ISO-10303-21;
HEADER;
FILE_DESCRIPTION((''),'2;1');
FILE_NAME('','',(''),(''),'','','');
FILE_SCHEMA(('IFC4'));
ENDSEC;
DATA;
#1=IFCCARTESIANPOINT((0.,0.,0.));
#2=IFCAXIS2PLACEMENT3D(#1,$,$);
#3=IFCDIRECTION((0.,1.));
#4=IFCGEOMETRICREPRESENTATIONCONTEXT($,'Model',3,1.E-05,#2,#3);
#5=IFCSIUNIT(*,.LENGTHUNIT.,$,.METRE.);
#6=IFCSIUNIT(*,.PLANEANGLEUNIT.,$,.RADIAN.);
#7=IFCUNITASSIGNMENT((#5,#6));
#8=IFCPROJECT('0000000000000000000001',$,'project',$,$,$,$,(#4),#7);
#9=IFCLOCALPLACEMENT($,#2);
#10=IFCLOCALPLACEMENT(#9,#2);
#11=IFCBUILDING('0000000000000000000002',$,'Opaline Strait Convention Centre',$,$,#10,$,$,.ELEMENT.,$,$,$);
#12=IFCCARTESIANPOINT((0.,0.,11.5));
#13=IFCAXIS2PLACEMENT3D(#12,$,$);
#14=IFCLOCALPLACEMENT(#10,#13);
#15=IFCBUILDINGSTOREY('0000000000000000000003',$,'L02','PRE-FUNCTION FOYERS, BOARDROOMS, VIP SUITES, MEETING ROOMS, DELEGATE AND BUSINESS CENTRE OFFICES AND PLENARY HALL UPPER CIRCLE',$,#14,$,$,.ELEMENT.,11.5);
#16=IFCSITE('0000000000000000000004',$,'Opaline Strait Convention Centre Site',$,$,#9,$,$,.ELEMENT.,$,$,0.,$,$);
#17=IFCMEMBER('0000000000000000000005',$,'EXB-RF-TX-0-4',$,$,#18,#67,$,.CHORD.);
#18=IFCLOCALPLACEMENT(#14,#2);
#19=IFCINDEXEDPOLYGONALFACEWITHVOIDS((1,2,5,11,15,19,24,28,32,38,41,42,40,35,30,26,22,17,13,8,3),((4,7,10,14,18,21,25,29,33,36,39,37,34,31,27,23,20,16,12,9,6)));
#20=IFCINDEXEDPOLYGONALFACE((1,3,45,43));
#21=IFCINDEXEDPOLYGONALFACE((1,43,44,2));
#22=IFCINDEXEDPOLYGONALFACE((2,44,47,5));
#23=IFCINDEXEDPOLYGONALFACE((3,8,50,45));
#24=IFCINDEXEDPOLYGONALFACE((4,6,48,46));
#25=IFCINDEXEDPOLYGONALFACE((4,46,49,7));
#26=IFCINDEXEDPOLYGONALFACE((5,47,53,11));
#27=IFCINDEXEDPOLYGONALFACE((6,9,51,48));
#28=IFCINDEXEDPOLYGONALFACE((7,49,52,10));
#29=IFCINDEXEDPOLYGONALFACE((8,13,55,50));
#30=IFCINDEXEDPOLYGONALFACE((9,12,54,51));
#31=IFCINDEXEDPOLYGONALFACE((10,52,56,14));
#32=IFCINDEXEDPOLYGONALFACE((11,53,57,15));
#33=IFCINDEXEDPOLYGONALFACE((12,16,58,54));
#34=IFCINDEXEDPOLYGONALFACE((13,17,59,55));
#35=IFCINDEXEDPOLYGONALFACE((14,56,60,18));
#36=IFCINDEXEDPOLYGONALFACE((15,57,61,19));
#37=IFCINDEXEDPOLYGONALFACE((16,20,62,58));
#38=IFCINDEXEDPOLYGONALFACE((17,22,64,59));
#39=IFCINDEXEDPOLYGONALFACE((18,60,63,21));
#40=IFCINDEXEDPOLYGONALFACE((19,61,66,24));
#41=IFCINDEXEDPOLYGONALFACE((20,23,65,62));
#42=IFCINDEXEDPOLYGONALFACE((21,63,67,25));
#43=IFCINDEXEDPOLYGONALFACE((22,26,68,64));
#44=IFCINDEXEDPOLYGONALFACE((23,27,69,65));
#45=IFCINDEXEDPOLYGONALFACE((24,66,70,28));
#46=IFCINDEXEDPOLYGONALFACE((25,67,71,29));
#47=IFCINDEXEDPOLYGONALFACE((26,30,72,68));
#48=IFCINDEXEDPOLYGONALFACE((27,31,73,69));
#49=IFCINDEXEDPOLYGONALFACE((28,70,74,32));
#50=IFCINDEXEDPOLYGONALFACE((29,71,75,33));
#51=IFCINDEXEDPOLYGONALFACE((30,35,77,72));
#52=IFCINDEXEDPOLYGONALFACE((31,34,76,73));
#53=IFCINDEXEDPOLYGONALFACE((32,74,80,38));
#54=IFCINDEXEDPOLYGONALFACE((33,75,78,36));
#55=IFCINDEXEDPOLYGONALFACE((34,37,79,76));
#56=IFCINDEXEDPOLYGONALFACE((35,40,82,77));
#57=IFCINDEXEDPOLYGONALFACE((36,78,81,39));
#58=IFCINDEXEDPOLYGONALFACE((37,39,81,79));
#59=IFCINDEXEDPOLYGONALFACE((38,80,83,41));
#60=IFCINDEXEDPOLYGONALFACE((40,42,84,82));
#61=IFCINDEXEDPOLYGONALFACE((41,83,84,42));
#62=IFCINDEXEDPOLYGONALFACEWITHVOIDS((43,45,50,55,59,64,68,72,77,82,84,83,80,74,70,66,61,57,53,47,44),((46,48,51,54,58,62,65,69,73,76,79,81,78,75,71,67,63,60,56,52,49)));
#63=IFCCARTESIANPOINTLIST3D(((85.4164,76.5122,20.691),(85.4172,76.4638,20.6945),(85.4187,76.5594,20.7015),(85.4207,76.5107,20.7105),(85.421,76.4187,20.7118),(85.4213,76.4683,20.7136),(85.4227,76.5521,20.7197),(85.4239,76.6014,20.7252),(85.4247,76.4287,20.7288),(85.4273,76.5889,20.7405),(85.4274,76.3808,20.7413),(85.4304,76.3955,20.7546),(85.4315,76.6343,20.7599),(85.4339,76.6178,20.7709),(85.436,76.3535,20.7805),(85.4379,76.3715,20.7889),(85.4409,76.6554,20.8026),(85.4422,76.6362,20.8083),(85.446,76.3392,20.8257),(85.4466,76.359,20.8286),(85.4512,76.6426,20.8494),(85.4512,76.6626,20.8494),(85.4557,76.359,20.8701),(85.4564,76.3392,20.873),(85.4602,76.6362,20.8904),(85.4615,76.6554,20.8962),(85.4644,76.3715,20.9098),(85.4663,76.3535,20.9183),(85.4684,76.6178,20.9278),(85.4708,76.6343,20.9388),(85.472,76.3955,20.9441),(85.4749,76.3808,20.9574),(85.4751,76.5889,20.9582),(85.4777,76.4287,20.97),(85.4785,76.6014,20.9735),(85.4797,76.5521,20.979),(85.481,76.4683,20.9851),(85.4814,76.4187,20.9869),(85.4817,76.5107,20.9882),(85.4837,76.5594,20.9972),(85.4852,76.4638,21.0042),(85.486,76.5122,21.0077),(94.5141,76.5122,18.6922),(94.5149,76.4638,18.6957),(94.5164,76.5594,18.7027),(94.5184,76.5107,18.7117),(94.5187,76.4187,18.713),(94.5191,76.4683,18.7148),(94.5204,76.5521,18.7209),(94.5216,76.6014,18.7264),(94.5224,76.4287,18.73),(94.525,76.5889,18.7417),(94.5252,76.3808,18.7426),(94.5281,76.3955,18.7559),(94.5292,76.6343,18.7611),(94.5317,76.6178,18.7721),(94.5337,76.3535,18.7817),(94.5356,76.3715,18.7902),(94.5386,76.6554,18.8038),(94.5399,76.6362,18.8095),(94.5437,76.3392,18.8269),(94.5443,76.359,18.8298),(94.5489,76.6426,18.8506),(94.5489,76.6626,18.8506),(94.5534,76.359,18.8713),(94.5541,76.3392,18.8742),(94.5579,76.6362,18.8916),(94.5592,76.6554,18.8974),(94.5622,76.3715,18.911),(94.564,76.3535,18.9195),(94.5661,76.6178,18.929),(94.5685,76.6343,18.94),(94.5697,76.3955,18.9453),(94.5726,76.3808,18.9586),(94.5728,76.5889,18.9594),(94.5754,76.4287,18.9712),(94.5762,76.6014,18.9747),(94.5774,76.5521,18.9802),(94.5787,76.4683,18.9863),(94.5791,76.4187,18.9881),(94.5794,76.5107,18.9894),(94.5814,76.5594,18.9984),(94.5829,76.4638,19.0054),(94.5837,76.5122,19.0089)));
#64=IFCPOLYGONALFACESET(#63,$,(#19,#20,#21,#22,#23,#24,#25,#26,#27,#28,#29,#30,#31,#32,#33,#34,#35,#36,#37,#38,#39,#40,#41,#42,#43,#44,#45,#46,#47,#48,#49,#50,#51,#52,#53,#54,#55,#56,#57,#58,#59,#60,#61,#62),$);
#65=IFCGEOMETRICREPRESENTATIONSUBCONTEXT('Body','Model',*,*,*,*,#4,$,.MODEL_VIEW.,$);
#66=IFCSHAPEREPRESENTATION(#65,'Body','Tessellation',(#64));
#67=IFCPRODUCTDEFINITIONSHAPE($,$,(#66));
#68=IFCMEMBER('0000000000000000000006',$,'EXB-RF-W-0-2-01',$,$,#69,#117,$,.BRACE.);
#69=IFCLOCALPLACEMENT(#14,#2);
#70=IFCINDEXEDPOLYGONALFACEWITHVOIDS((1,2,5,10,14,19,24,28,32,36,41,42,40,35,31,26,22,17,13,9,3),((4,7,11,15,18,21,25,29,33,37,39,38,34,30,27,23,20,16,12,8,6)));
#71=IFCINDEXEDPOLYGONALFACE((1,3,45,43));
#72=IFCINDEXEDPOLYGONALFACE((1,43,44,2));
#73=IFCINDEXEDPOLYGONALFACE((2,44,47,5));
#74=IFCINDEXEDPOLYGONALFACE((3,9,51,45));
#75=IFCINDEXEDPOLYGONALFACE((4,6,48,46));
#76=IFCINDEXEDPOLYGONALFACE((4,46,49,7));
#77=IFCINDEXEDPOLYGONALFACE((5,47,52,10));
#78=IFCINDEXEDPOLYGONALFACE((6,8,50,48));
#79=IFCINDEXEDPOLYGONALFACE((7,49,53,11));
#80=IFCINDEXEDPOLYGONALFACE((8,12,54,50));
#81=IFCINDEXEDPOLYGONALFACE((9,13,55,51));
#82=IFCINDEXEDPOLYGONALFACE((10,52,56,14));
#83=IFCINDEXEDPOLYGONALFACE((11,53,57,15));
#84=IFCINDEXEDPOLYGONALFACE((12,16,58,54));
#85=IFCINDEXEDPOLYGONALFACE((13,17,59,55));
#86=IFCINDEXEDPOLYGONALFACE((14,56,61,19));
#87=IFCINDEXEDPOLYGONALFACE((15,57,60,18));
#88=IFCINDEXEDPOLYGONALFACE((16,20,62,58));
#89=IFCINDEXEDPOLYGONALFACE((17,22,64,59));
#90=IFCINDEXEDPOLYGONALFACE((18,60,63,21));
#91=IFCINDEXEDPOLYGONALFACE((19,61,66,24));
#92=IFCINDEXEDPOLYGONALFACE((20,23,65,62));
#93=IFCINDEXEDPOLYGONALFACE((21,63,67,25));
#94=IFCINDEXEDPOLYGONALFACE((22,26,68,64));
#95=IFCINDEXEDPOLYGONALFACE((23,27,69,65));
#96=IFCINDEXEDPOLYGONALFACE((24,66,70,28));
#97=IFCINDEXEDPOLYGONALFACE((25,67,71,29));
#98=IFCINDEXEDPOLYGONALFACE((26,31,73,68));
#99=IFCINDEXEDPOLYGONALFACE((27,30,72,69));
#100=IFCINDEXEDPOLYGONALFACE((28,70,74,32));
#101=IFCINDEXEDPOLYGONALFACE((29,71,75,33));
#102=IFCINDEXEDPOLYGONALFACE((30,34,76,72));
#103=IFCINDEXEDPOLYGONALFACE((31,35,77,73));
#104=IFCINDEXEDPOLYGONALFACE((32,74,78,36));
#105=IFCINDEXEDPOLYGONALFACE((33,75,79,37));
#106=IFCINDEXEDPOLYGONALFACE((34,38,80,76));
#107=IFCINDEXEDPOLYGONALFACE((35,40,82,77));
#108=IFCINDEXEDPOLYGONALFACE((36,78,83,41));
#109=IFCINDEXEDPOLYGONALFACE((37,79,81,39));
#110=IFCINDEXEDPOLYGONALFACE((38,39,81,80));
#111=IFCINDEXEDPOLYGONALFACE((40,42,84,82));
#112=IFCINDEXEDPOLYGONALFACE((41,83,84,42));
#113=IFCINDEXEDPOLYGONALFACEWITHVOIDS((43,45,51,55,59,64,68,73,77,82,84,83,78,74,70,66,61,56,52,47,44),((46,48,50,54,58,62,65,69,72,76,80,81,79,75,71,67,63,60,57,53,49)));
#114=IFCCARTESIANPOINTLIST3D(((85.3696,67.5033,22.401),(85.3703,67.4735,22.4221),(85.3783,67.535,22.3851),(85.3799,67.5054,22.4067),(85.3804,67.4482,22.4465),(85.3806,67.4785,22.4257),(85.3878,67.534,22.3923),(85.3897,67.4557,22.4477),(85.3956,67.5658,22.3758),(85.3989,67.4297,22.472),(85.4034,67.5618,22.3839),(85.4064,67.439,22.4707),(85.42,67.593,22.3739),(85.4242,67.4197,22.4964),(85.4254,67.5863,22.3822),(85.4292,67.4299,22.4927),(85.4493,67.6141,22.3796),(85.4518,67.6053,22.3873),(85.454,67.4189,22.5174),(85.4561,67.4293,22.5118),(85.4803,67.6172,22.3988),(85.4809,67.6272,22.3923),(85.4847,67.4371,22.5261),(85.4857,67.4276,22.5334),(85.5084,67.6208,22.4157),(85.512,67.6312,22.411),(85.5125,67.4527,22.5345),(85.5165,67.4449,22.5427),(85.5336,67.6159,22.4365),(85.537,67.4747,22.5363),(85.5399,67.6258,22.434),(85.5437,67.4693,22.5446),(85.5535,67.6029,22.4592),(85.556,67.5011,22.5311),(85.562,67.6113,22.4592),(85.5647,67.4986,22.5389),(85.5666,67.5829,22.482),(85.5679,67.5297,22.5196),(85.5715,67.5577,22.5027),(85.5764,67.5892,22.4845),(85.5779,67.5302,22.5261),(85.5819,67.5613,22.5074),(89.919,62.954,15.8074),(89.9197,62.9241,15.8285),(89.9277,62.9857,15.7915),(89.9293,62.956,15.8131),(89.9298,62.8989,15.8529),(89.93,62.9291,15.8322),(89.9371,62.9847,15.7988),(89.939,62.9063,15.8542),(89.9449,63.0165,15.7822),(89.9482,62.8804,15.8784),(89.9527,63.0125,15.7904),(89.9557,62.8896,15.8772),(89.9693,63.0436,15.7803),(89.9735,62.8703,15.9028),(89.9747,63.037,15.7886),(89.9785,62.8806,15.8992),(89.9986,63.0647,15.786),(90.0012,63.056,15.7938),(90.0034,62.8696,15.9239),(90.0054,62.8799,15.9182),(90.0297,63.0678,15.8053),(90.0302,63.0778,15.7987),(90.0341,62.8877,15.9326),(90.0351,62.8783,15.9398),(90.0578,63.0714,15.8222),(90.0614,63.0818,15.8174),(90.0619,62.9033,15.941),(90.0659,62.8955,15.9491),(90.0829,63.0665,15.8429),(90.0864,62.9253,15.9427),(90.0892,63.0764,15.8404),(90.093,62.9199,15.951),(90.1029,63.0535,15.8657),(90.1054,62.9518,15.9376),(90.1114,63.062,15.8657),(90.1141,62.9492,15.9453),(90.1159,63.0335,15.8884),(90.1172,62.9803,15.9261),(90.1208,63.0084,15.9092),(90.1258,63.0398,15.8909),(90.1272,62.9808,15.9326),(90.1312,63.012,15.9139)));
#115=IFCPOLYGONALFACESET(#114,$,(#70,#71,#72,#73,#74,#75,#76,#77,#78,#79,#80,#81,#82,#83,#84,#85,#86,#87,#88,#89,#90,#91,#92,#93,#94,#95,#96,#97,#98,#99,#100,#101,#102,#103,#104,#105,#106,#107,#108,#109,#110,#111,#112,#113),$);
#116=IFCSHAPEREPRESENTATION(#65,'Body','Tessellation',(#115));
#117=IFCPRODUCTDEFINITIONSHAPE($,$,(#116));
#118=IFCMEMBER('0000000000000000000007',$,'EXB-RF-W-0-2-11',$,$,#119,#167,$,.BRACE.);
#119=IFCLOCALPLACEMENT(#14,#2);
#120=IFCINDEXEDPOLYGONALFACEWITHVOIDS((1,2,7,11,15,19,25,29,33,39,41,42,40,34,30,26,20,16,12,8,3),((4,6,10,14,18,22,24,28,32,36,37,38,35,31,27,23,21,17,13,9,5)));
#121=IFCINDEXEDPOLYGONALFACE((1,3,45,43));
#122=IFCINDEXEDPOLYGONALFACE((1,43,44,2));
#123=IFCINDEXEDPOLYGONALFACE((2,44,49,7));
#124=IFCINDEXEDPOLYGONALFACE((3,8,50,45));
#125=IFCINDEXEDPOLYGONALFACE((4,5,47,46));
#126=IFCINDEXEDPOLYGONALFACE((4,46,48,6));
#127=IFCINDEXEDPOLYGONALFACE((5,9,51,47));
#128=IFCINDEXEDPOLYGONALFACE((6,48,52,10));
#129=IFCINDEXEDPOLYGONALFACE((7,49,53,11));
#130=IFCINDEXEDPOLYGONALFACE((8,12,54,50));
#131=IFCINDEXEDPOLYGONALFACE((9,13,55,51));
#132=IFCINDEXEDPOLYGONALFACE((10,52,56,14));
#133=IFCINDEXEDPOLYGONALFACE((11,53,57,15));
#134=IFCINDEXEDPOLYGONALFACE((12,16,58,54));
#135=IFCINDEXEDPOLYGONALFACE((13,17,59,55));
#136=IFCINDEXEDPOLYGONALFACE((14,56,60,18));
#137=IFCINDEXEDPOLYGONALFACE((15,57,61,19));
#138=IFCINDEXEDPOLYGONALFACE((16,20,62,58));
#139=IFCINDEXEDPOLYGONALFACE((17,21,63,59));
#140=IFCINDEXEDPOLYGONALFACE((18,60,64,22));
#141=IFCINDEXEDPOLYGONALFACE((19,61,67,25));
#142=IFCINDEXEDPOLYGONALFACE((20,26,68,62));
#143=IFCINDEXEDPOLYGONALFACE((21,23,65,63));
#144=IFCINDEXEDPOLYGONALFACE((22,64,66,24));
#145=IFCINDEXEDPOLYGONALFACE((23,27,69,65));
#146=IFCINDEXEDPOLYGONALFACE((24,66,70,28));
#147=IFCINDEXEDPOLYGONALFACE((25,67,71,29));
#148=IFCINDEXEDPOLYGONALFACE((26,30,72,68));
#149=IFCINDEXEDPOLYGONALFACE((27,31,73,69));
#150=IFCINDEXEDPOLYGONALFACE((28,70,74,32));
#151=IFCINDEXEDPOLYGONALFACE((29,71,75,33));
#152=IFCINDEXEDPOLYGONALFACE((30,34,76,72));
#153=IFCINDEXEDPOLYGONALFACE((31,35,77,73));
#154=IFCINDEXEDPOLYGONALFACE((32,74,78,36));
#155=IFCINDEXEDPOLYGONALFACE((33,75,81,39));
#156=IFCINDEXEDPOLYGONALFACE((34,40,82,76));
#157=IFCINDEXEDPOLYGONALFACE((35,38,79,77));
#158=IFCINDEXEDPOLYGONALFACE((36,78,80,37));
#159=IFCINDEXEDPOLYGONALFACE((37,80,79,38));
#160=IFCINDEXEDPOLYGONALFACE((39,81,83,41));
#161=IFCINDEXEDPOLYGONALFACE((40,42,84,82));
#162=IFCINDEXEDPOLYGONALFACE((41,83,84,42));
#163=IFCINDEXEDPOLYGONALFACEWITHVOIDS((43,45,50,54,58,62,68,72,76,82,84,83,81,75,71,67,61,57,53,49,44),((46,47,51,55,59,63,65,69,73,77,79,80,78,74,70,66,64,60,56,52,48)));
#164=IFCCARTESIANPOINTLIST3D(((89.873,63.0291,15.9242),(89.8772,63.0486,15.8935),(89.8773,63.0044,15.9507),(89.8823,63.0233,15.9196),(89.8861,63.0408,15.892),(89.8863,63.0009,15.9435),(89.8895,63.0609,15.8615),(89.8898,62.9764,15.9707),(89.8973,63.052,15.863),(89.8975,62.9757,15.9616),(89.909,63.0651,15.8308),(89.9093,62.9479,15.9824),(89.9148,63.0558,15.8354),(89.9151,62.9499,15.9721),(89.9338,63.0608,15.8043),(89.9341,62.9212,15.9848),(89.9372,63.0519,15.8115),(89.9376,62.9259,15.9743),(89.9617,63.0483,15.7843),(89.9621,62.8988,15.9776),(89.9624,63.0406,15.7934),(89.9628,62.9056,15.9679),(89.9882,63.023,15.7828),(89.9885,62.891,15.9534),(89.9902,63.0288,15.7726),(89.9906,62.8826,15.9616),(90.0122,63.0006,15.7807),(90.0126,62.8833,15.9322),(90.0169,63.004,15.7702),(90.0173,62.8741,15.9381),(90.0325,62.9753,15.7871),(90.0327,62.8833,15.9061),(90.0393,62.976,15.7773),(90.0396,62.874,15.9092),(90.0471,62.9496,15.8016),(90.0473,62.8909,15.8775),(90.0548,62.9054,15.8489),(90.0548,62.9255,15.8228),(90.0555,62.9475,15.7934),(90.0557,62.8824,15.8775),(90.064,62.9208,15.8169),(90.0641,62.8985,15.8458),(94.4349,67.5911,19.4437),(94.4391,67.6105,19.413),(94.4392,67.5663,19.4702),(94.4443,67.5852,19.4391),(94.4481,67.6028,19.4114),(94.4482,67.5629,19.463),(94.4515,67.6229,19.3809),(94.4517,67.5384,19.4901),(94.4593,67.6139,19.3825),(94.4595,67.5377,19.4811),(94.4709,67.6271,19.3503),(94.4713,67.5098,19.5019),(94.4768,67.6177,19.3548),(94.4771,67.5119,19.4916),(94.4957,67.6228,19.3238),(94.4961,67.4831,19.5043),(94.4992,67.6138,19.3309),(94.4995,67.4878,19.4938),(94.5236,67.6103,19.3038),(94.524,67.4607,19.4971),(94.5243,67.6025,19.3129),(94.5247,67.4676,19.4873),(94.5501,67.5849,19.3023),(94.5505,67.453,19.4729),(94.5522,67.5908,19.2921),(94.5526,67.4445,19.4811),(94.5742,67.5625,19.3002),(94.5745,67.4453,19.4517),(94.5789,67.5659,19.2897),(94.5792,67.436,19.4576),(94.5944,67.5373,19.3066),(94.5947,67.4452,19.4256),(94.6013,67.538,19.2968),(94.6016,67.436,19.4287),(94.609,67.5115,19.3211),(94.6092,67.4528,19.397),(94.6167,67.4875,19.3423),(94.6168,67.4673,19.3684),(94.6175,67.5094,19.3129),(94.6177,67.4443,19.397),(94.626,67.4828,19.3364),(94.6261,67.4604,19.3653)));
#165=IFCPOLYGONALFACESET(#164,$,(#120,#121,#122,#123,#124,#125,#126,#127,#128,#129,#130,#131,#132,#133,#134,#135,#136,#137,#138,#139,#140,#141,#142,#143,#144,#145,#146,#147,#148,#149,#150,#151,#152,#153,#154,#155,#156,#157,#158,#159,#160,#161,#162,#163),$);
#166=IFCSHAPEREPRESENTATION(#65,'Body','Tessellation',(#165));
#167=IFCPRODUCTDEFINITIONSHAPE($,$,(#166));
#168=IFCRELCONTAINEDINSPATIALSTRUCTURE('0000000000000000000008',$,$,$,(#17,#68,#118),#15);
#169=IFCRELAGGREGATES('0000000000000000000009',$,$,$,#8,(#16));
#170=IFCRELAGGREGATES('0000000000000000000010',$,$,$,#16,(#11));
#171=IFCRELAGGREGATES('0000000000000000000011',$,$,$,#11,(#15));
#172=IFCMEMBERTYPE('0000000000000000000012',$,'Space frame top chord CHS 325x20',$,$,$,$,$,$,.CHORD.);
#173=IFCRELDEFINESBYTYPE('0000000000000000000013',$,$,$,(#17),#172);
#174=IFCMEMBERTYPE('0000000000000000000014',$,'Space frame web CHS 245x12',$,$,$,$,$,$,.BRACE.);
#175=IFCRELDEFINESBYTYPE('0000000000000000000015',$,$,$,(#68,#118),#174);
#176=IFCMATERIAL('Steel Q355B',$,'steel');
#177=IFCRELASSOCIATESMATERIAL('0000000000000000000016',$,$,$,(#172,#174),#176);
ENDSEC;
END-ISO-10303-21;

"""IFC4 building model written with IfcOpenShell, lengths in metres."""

from ifc_helpers import new_model, si_unit, direction, frame, origin, origin_2d, place, context, subcontext, project, spatial, hollow_circle, extrude, material, material_profile, profile_set, type_object, element, save


model = new_model("IFC4")

# Units and contexts
model_context = context("Model", 3, precision=1e-05, world=origin(), true_north=direction((0.0, 1.0)))
body_context = subcontext(model_context, "Body", "Model", "MODEL_VIEW")
ifc_project = project(units=[si_unit("LENGTHUNIT", "METRE"), si_unit("PLANEANGLEUNIT", "RADIAN")], contexts=[model_context])

# Site, building, storey
site_placement = place(None, origin())
site = spatial("IfcSite", under=ifc_project, at=site_placement, Name="Opaline Strait Convention Centre Site", CompositionType="ELEMENT", RefElevation=0.0)
building_placement = place(site_placement, origin())
building = spatial("IfcBuilding", under=site, at=building_placement, Name="Opaline Strait Convention Centre", CompositionType="ELEMENT")
storey_placement = place(building_placement, frame((0.0, 0.0, 11.5)))
storey = spatial("IfcBuildingStorey", under=building, at=storey_placement, Name="L02", Description="PRE-FUNCTION FOYERS, BOARDROOMS, VIP SUITES, MEETING ROOMS, DELEGATE AND BUSINESS CENTRE OFFICES AND PLENARY HALL UPPER CIRCLE", CompositionType="ELEMENT", Elevation=11.5)

# Members
ifc_material_1 = material(Name="Steel Q355B", Category="steel")
ifc_material_profile_1 = material_profile(ifc_material_1, hollow_circle(Radius=0.1626, WallThickness=0.02, at=origin_2d()), Name="CHS 325x20")
ifc_profile_set_1 = profile_set([ifc_material_profile_1], Name="Steel Q355B")
member_type_1 = type_object("IfcMemberType", Name="Space frame top chord CHS 325x20", PredefinedType="CHORD", material=ifc_profile_set_1)
member_1_placement = place(storey_placement, frame((85.4512, 76.5, 20.8494), z_axis=(0.976705, 0.0, -0.214585), x_axis=(0.0, 1.0, 0.0)))
element("IfcMember", 1, at=member_1_placement, inside=storey, type_object=member_type_1, Name="EXB-RF-TX-0-4", PredefinedType="CHORD", context=body_context, shape_type="SweptSolid", body=[
    extrude(hollow_circle(Radius=0.1626, WallThickness=0.02, at=origin_2d()), origin(), (0.0, 0.0, 1.0), 9.3147),
])
ifc_material_profile_2 = material_profile(ifc_material_1, hollow_circle(Radius=0.1226, WallThickness=0.012, at=origin_2d()), Name="CHS 245x12")
ifc_profile_set_2 = profile_set([ifc_material_profile_2], Name="Steel Q355B")
member_type_2 = type_object("IfcMemberType", Name="Space frame web CHS 245x12", PredefinedType="BRACE", material=ifc_profile_set_2)
member_2_placement = place(storey_placement, frame((85.4753, 67.5247, 22.4592), z_axis=(0.493829, -0.493829, -0.715727), x_axis=(0.707107, 0.707107, 0.0)))
element("IfcMember", 2, at=member_2_placement, inside=storey, type_object=member_type_2, Name="EXB-RF-W-0-2-01", PredefinedType="BRACE", context=body_context, shape_type="SweptSolid", body=[
    extrude(hollow_circle(Radius=0.1226, WallThickness=0.012, at=origin_2d()), origin(), (0.0, 0.0, 1.0), 9.2124),
])
member_3_placement = place(storey_placement, frame((94.531, 67.531, 19.397), z_axis=(-0.620748, -0.620748, -0.478899), x_axis=(0.707107, -0.707107, 0.0)))
element("IfcMember", 3, at=member_3_placement, inside=storey, type_object=member_type_2, Name="EXB-RF-W-0-2-11", PredefinedType="BRACE", context=body_context, shape_type="SweptSolid", body=[
    extrude(hollow_circle(Radius=0.1226, WallThickness=0.012, at=origin_2d()), origin(), (0.0, 0.0, 1.0), 7.3491),
])

save(model, "model.ifc")
